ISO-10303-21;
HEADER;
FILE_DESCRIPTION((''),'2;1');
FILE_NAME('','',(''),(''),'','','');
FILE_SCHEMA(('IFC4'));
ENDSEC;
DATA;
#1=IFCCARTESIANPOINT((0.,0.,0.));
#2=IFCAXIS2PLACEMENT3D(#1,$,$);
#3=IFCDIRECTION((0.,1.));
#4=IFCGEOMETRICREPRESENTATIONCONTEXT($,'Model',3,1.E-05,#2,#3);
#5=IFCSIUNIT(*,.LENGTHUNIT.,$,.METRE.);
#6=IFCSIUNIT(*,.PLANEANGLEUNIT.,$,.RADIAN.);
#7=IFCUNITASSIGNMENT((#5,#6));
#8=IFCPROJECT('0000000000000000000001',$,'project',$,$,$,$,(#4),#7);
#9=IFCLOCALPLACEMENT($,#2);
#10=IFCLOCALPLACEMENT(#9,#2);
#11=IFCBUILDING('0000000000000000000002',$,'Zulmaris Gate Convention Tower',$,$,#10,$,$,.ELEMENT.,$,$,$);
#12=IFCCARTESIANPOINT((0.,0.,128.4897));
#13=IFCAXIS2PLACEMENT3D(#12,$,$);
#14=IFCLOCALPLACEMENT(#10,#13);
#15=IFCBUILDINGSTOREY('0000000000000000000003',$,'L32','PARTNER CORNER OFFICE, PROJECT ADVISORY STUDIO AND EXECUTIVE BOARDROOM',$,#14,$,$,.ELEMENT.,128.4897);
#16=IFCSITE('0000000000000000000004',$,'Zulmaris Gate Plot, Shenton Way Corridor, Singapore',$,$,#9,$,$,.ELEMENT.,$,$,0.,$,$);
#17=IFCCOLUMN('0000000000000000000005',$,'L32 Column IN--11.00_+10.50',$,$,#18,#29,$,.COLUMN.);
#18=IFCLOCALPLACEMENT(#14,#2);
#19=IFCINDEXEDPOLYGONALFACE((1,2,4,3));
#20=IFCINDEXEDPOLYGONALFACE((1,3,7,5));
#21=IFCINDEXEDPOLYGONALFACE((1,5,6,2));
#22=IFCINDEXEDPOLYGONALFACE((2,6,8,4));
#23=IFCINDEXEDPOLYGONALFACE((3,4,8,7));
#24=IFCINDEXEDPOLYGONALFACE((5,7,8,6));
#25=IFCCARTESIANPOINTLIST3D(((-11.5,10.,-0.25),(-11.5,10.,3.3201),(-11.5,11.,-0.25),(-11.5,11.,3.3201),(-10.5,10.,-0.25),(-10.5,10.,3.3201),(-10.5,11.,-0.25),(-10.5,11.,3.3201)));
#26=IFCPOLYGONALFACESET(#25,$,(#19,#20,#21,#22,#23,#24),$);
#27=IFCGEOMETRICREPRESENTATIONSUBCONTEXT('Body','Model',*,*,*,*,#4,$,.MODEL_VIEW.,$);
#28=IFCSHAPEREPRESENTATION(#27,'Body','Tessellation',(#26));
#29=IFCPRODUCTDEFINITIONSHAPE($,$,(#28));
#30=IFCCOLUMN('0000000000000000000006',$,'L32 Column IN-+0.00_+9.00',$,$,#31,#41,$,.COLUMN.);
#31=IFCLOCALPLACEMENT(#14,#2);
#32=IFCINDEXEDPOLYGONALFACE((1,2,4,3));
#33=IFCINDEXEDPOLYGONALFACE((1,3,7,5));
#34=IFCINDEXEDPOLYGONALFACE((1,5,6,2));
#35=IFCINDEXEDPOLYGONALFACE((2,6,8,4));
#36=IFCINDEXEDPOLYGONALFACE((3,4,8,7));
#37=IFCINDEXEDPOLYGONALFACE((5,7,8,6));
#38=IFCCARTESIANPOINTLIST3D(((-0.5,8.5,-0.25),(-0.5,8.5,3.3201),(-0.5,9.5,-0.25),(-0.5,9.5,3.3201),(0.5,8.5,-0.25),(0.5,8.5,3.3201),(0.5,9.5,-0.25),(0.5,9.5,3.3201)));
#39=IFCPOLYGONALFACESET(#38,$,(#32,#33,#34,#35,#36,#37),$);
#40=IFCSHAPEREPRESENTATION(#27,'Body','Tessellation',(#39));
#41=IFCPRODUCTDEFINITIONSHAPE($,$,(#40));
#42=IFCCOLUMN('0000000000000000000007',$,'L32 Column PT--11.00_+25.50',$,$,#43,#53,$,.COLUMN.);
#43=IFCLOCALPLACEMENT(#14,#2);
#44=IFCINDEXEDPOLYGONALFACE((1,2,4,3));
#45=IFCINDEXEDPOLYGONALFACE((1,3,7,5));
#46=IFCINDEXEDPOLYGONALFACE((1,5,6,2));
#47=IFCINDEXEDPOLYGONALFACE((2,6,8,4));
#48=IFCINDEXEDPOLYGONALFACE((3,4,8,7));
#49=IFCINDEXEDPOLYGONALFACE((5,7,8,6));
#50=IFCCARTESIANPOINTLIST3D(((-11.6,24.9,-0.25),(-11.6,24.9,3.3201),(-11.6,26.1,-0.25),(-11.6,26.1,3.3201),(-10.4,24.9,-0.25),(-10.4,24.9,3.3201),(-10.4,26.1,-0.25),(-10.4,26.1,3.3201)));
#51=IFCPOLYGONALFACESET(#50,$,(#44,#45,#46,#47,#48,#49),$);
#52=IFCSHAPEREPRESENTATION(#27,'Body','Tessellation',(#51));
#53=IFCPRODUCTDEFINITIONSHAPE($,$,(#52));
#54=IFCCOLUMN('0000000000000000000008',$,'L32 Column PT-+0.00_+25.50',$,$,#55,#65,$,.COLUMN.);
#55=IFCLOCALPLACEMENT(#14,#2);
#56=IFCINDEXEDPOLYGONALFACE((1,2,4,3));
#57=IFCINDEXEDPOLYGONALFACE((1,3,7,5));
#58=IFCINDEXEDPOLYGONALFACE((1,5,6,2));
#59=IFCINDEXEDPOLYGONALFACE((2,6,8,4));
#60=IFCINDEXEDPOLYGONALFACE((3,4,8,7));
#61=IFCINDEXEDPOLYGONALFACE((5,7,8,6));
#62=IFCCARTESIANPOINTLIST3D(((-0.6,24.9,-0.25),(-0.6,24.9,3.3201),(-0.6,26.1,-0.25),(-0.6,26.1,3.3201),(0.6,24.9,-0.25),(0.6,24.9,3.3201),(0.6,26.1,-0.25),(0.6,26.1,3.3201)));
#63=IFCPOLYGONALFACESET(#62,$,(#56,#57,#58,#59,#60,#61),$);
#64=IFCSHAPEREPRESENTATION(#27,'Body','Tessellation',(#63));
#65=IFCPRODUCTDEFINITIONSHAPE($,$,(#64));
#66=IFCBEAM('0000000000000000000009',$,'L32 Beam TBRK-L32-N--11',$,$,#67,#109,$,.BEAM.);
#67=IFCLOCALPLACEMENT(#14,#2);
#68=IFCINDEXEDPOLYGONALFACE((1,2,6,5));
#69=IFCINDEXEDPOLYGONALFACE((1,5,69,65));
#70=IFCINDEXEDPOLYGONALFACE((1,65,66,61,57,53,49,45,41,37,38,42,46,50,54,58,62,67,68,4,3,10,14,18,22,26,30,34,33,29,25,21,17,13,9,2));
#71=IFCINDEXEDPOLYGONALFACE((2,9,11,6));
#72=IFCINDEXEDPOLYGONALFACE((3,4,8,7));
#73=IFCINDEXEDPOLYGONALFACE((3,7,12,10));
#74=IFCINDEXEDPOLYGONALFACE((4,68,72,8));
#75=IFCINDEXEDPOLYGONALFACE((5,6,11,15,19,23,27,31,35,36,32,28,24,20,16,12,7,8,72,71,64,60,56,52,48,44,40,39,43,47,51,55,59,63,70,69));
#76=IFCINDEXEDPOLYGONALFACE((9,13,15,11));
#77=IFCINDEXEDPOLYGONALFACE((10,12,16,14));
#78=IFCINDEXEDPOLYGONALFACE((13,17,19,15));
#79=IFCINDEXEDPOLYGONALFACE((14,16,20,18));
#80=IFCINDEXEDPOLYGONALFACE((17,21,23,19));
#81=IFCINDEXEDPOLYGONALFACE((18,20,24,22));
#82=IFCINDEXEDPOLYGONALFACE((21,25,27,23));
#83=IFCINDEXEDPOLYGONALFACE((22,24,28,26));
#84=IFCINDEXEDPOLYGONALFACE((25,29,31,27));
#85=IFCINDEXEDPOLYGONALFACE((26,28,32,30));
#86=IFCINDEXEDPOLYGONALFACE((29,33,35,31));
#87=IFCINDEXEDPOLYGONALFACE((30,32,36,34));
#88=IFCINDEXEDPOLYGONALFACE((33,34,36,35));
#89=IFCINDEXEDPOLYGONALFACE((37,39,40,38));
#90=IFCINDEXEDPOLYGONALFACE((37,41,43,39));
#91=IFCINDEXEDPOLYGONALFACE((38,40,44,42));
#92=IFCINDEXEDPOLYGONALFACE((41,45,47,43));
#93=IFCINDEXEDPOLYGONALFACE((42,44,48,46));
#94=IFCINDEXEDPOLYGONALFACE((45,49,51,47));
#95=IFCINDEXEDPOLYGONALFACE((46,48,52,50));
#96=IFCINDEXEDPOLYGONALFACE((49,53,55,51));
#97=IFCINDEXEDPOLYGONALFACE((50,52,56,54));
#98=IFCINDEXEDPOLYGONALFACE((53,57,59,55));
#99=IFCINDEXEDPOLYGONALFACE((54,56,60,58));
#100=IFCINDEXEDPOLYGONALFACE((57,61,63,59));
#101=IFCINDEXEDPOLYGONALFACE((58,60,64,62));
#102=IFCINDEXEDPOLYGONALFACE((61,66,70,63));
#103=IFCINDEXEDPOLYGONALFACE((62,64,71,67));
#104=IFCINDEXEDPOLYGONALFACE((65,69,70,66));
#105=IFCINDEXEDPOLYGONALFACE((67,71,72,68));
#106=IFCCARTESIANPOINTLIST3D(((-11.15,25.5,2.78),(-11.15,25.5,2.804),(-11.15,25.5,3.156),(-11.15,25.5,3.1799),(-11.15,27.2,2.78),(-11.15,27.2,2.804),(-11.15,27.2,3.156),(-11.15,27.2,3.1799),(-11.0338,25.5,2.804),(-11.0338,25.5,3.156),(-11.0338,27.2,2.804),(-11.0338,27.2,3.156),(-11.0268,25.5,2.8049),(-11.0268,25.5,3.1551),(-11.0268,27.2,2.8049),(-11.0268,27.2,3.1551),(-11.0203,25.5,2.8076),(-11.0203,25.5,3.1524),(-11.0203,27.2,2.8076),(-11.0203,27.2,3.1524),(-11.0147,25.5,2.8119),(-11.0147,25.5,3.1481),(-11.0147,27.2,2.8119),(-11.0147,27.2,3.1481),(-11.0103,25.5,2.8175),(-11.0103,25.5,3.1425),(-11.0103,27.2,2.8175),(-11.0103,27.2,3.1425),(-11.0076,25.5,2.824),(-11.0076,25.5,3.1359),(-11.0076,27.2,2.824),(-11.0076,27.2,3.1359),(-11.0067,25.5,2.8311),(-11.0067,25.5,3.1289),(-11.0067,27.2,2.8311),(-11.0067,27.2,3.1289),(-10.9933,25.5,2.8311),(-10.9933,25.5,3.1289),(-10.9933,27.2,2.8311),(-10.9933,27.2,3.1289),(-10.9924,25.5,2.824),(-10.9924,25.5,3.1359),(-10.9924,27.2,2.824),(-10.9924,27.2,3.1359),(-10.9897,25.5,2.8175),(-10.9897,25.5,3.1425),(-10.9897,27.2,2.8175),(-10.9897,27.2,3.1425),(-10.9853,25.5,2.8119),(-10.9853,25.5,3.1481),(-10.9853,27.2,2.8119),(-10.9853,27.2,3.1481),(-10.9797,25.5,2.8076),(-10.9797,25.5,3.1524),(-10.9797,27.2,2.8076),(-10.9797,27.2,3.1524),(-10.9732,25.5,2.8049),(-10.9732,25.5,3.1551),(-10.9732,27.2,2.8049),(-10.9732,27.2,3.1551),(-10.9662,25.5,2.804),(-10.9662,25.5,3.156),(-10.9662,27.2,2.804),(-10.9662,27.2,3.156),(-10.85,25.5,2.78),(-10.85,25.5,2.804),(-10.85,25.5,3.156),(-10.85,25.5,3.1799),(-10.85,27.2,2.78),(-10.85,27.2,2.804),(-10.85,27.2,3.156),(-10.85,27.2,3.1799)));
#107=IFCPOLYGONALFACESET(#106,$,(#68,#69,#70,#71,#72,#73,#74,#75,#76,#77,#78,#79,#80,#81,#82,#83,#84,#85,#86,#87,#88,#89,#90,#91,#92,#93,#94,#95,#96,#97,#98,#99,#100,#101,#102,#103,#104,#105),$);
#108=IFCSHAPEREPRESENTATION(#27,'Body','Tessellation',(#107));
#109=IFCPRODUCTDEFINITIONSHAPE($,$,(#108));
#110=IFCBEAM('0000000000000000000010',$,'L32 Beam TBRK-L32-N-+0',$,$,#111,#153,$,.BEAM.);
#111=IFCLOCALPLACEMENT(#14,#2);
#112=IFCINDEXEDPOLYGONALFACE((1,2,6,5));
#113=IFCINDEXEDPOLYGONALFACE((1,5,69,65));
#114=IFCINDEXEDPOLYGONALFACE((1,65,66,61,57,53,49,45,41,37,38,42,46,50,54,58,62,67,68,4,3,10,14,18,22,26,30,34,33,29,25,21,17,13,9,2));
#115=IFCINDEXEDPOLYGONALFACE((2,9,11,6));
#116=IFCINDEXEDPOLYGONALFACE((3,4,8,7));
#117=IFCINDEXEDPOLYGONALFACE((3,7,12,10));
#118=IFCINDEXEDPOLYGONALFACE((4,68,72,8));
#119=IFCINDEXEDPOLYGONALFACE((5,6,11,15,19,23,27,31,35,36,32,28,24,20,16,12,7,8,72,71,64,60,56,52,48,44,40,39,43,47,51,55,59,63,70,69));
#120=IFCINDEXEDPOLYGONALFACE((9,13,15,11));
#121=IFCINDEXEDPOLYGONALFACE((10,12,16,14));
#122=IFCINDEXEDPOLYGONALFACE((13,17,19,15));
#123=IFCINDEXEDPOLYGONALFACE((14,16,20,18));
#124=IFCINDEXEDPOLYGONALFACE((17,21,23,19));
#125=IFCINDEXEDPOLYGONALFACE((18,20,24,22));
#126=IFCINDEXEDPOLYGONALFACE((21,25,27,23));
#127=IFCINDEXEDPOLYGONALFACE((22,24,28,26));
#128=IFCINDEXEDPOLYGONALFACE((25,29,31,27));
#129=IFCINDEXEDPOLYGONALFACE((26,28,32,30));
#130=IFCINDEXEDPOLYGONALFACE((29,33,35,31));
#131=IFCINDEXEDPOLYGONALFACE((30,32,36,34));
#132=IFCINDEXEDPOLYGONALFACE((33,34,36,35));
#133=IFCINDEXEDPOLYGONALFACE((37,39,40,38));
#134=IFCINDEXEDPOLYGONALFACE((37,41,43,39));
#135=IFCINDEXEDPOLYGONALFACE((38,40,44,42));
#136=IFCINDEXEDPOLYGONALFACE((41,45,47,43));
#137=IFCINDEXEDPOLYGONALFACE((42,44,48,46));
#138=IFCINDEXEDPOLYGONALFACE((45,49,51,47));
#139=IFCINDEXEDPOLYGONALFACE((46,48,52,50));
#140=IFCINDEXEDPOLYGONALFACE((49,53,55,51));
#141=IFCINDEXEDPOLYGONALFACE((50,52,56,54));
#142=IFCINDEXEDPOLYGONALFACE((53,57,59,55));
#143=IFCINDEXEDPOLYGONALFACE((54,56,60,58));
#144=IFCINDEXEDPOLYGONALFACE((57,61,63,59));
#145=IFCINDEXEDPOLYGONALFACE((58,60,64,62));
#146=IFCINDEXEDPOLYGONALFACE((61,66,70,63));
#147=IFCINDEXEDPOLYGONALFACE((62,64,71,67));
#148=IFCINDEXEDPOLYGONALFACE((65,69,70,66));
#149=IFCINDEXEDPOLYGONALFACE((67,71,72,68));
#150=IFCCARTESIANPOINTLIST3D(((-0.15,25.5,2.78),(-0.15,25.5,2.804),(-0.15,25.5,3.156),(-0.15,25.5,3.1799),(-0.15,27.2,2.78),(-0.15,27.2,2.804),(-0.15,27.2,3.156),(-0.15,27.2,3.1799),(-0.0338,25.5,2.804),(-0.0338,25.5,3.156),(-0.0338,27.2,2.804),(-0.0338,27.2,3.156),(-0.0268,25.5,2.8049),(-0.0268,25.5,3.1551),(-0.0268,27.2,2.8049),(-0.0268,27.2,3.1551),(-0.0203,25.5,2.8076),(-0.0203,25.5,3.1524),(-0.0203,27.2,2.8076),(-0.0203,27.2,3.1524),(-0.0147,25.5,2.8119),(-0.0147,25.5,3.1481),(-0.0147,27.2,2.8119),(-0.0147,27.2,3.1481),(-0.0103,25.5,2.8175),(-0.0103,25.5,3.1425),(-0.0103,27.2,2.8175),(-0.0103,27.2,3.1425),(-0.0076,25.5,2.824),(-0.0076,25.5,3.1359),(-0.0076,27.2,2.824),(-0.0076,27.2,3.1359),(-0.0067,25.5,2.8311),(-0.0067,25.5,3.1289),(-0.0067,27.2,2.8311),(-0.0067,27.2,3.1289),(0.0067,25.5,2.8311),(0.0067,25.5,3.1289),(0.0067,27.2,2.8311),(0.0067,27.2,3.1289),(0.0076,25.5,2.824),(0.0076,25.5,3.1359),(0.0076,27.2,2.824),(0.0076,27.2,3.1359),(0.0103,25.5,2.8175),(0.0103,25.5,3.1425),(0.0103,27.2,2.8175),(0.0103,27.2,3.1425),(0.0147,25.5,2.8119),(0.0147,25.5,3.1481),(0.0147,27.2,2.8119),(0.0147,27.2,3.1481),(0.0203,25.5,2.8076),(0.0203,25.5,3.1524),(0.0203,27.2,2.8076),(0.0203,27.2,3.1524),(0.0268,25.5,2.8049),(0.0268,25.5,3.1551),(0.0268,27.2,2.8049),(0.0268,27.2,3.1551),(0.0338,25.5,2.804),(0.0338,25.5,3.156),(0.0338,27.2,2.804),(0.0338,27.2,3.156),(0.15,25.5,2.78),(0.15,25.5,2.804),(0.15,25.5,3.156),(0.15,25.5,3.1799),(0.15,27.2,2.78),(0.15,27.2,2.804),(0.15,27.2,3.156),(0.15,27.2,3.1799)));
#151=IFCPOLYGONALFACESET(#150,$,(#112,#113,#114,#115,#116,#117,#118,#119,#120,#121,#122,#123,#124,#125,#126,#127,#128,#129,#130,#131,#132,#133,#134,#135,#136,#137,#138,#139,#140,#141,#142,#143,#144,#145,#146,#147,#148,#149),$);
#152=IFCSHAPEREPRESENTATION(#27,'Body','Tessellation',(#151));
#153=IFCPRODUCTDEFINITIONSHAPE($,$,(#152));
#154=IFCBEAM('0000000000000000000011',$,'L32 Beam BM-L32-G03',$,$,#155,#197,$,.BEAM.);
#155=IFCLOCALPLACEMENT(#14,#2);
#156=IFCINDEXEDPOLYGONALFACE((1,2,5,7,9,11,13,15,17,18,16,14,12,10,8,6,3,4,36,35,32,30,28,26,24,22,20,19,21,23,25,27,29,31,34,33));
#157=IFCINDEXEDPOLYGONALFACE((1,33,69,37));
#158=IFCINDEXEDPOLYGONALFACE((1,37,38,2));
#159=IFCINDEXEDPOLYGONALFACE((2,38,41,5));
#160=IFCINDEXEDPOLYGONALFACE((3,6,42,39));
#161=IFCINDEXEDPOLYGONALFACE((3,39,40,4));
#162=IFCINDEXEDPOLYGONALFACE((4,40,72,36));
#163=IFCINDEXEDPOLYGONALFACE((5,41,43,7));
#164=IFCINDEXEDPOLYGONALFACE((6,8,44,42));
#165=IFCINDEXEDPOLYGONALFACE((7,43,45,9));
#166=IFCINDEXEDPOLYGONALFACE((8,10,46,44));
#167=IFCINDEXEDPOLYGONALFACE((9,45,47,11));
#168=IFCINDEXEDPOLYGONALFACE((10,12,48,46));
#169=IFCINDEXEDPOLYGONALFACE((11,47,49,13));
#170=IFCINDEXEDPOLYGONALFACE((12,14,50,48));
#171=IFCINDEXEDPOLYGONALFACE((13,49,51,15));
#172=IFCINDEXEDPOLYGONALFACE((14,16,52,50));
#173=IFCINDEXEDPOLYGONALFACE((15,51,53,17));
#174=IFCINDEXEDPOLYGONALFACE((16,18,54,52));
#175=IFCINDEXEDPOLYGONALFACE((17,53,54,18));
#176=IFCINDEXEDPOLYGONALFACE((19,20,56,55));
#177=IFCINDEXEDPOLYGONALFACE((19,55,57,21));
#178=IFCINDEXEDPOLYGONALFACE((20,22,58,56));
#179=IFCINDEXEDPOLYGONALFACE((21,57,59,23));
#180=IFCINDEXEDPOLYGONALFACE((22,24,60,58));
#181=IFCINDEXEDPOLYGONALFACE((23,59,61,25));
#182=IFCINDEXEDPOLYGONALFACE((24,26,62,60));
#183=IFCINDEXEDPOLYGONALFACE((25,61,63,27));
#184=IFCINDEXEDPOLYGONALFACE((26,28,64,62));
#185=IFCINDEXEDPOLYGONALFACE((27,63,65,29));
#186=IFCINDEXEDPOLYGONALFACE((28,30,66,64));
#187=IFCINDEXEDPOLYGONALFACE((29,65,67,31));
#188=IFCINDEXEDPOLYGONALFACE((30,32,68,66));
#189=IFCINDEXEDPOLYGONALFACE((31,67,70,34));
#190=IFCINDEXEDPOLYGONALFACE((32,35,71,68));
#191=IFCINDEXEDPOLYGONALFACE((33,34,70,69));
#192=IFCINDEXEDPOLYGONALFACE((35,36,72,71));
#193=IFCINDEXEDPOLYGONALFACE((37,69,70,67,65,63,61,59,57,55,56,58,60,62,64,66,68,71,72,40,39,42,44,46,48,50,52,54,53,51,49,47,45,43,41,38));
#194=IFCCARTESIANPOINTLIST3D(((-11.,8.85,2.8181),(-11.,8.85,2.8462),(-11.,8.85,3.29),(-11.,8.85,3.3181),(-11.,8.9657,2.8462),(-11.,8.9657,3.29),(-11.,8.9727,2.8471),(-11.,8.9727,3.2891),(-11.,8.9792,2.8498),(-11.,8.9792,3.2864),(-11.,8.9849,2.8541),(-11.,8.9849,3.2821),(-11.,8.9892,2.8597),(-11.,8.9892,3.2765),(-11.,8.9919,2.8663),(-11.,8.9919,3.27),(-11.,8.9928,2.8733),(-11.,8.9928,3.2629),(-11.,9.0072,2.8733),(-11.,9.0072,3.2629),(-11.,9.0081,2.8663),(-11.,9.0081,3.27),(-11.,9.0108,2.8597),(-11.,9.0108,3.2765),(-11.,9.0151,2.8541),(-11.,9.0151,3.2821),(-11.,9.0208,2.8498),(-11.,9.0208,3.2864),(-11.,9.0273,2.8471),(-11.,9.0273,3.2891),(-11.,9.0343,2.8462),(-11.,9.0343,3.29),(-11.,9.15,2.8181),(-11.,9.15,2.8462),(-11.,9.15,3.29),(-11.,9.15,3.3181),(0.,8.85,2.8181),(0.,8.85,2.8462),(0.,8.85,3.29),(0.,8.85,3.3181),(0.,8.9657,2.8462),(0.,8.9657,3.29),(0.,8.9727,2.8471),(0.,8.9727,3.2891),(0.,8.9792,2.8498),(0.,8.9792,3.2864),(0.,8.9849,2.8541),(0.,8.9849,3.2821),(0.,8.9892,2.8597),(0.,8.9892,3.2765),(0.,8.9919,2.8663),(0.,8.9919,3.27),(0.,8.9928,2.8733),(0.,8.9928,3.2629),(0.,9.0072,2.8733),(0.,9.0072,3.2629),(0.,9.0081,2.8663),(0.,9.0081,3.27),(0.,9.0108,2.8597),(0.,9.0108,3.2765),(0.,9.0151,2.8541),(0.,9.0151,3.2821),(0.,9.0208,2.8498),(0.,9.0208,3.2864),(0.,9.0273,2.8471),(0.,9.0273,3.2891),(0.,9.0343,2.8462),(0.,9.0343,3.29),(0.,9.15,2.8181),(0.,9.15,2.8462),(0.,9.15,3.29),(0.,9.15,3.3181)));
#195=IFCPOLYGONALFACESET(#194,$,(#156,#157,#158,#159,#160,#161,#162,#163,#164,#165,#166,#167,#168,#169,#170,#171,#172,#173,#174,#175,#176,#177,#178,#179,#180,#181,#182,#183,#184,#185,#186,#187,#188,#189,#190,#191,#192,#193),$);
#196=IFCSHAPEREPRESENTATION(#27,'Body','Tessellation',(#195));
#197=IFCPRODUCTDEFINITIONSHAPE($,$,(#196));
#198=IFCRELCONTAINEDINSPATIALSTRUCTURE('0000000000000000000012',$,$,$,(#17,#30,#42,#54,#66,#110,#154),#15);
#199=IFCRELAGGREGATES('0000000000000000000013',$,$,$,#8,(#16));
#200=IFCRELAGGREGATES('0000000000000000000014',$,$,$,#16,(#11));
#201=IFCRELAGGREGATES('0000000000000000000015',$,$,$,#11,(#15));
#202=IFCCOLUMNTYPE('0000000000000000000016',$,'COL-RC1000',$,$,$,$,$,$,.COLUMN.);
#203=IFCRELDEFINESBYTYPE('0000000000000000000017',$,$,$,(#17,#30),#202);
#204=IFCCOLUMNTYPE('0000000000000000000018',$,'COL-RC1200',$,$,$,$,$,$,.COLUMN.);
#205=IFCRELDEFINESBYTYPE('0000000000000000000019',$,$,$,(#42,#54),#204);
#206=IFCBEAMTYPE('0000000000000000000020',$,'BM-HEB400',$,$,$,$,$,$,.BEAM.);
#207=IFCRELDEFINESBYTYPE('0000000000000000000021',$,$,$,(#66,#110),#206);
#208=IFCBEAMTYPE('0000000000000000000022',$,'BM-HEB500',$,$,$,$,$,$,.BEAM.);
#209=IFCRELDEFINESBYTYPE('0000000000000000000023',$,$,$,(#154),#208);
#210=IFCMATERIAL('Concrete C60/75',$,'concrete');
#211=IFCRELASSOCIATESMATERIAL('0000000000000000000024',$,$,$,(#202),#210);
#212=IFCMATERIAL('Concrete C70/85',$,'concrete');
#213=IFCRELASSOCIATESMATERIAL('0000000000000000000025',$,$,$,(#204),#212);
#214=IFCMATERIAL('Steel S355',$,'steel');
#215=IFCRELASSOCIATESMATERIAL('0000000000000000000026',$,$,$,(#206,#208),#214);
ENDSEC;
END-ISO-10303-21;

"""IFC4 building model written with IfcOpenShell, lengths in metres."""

from ifc_helpers import new_model, si_unit, direction, frame, origin, origin_2d, place, context, subcontext, project, spatial, rectangle, i_section, extrude, material, material_profile, profile_set, type_object, element, save


model = new_model("IFC4")

# Units and contexts
model_context = context("Model", 3, precision=1e-05, world=origin(), true_north=direction((0.0, 1.0)))
body_context = subcontext(model_context, "Body", "Model", "MODEL_VIEW")
ifc_project = project(units=[si_unit("LENGTHUNIT", "METRE"), si_unit("PLANEANGLEUNIT", "RADIAN")], contexts=[model_context])

# Site, building, storey
site_placement = place(None, origin())
site = spatial("IfcSite", under=ifc_project, at=site_placement, Name="Zulmaris Gate Plot, Shenton Way Corridor, Singapore", CompositionType="ELEMENT", RefElevation=0.0)
building_placement = place(site_placement, origin())
building = spatial("IfcBuilding", under=site, at=building_placement, Name="Zulmaris Gate Convention Tower", CompositionType="ELEMENT")
storey_placement = place(building_placement, frame((0.0, 0.0, 128.4897)))
storey = spatial("IfcBuildingStorey", under=building, at=storey_placement, Name="L32", Description="PARTNER CORNER OFFICE, PROJECT ADVISORY STUDIO AND EXECUTIVE BOARDROOM", CompositionType="ELEMENT", Elevation=128.4897)

# Columns
ifc_material_1 = material(Name="Concrete C60/75", Category="concrete")
ifc_material_profile_1 = material_profile(ifc_material_1, rectangle(XDim=1.0, YDim=1.0, at=origin_2d()), Name="RC COL 1000x1000")
ifc_profile_set_1 = profile_set([ifc_material_profile_1], Name="Concrete C60/75")
column_type_1 = type_object("IfcColumnType", Name="COL-RC1000", PredefinedType="COLUMN", material=ifc_profile_set_1)
for number, where, z_axis, x_axis, name in (
    (1, (-11.0, 10.5, -0.25), (0.0, 0.0, 1.0), (1.0, 0.0, 0.0), "L32 Column IN--11.00_+10.50"),
    (2, (0.0, 9.0, -0.25), (0.0, 0.0, 1.0), (1.0, 0.0, 0.0), "L32 Column IN-+0.00_+9.00"),
):
    element("IfcColumn", number, at=place(storey_placement, frame(where, z_axis=z_axis, x_axis=x_axis)), inside=storey, type_object=column_type_1, Name=name, PredefinedType="COLUMN", context=body_context, shape_type="SweptSolid", body=[
        extrude(rectangle(XDim=1.0, YDim=1.0, at=origin_2d()), origin(), (0.0, 0.0, 1.0), 3.5701),
    ])
ifc_material_2 = material(Name="Concrete C70/85", Category="concrete")
ifc_material_profile_2 = material_profile(ifc_material_2, rectangle(XDim=1.2, YDim=1.2, at=origin_2d()), Name="RC COL 1200x1200")
ifc_profile_set_2 = profile_set([ifc_material_profile_2], Name="Concrete C70/85")
column_type_2 = type_object("IfcColumnType", Name="COL-RC1200", PredefinedType="COLUMN", material=ifc_profile_set_2)
for number, where, z_axis, x_axis, name in (
    (3, (-11.0, 25.5, -0.25), (0.0, 0.0, 1.0), (1.0, 0.0, 0.0), "L32 Column PT--11.00_+25.50"),
    (4, (0.0, 25.5, -0.25), (0.0, 0.0, 1.0), (1.0, 0.0, 0.0), "L32 Column PT-+0.00_+25.50"),
):
    element("IfcColumn", number, at=place(storey_placement, frame(where, z_axis=z_axis, x_axis=x_axis)), inside=storey, type_object=column_type_2, Name=name, PredefinedType="COLUMN", context=body_context, shape_type="SweptSolid", body=[
        extrude(rectangle(XDim=1.2, YDim=1.2, at=origin_2d()), origin(), (0.0, 0.0, 1.0), 3.5701),
    ])

# Beams
ifc_material_3 = material(Name="Steel S355", Category="steel")
ifc_material_profile_3 = material_profile(ifc_material_3, i_section(OverallWidth=0.3, OverallDepth=0.3999, WebThickness=0.0134, FlangeThickness=0.0239, FilletRadius=0.0271, at=origin_2d()), Name="HEB 400")
ifc_profile_set_3 = profile_set([ifc_material_profile_3], Name="Steel S355")
beam_type_1 = type_object("IfcBeamType", Name="BM-HEB400", PredefinedType="BEAM", material=ifc_profile_set_3)
for number, where, z_axis, x_axis, name in (
    (5, (-11.0, 25.5, 2.98), (0.0, 1.0, 0.0), (-1.0, 0.0, 0.0), "L32 Beam TBRK-L32-N--11"),
    (6, (0.0, 25.5, 2.98), (0.0, 1.0, 0.0), (-1.0, 0.0, 0.0), "L32 Beam TBRK-L32-N-+0"),
):
    element("IfcBeam", number, at=place(storey_placement, frame(where, z_axis=z_axis, x_axis=x_axis)), inside=storey, type_object=beam_type_1, Name=name, PredefinedType="BEAM", context=body_context, shape_type="SweptSolid", body=[
        extrude(i_section(OverallWidth=0.3, OverallDepth=0.3999, WebThickness=0.0134, FlangeThickness=0.0239, FilletRadius=0.0271, at=origin_2d()), origin(), (0.0, 0.0, 1.0), 1.7),
    ])
ifc_material_profile_4 = material_profile(ifc_material_3, i_section(OverallWidth=0.3, OverallDepth=0.5, WebThickness=0.0144, FlangeThickness=0.0281, FilletRadius=0.0271, at=origin_2d()), Name="HEB 500")
ifc_profile_set_4 = profile_set([ifc_material_profile_4], Name="Steel S355")
beam_type_2 = type_object("IfcBeamType", Name="BM-HEB500", PredefinedType="BEAM", material=ifc_profile_set_4)
for number, where, z_axis, x_axis, name in (
    (7, (-11.0, 9.0, 3.0681), (1.0, 0.0, 0.0), (0.0, 1.0, 0.0), "L32 Beam BM-L32-G03"),
):
    element("IfcBeam", number, at=place(storey_placement, frame(where, z_axis=z_axis, x_axis=x_axis)), inside=storey, type_object=beam_type_2, Name=name, PredefinedType="BEAM", context=body_context, shape_type="SweptSolid", body=[
        extrude(i_section(OverallWidth=0.3, OverallDepth=0.5, WebThickness=0.0144, FlangeThickness=0.0281, FilletRadius=0.0271, at=origin_2d()), origin(), (0.0, 0.0, 1.0), 11.0),
    ])

save(model, "model.ifc")
